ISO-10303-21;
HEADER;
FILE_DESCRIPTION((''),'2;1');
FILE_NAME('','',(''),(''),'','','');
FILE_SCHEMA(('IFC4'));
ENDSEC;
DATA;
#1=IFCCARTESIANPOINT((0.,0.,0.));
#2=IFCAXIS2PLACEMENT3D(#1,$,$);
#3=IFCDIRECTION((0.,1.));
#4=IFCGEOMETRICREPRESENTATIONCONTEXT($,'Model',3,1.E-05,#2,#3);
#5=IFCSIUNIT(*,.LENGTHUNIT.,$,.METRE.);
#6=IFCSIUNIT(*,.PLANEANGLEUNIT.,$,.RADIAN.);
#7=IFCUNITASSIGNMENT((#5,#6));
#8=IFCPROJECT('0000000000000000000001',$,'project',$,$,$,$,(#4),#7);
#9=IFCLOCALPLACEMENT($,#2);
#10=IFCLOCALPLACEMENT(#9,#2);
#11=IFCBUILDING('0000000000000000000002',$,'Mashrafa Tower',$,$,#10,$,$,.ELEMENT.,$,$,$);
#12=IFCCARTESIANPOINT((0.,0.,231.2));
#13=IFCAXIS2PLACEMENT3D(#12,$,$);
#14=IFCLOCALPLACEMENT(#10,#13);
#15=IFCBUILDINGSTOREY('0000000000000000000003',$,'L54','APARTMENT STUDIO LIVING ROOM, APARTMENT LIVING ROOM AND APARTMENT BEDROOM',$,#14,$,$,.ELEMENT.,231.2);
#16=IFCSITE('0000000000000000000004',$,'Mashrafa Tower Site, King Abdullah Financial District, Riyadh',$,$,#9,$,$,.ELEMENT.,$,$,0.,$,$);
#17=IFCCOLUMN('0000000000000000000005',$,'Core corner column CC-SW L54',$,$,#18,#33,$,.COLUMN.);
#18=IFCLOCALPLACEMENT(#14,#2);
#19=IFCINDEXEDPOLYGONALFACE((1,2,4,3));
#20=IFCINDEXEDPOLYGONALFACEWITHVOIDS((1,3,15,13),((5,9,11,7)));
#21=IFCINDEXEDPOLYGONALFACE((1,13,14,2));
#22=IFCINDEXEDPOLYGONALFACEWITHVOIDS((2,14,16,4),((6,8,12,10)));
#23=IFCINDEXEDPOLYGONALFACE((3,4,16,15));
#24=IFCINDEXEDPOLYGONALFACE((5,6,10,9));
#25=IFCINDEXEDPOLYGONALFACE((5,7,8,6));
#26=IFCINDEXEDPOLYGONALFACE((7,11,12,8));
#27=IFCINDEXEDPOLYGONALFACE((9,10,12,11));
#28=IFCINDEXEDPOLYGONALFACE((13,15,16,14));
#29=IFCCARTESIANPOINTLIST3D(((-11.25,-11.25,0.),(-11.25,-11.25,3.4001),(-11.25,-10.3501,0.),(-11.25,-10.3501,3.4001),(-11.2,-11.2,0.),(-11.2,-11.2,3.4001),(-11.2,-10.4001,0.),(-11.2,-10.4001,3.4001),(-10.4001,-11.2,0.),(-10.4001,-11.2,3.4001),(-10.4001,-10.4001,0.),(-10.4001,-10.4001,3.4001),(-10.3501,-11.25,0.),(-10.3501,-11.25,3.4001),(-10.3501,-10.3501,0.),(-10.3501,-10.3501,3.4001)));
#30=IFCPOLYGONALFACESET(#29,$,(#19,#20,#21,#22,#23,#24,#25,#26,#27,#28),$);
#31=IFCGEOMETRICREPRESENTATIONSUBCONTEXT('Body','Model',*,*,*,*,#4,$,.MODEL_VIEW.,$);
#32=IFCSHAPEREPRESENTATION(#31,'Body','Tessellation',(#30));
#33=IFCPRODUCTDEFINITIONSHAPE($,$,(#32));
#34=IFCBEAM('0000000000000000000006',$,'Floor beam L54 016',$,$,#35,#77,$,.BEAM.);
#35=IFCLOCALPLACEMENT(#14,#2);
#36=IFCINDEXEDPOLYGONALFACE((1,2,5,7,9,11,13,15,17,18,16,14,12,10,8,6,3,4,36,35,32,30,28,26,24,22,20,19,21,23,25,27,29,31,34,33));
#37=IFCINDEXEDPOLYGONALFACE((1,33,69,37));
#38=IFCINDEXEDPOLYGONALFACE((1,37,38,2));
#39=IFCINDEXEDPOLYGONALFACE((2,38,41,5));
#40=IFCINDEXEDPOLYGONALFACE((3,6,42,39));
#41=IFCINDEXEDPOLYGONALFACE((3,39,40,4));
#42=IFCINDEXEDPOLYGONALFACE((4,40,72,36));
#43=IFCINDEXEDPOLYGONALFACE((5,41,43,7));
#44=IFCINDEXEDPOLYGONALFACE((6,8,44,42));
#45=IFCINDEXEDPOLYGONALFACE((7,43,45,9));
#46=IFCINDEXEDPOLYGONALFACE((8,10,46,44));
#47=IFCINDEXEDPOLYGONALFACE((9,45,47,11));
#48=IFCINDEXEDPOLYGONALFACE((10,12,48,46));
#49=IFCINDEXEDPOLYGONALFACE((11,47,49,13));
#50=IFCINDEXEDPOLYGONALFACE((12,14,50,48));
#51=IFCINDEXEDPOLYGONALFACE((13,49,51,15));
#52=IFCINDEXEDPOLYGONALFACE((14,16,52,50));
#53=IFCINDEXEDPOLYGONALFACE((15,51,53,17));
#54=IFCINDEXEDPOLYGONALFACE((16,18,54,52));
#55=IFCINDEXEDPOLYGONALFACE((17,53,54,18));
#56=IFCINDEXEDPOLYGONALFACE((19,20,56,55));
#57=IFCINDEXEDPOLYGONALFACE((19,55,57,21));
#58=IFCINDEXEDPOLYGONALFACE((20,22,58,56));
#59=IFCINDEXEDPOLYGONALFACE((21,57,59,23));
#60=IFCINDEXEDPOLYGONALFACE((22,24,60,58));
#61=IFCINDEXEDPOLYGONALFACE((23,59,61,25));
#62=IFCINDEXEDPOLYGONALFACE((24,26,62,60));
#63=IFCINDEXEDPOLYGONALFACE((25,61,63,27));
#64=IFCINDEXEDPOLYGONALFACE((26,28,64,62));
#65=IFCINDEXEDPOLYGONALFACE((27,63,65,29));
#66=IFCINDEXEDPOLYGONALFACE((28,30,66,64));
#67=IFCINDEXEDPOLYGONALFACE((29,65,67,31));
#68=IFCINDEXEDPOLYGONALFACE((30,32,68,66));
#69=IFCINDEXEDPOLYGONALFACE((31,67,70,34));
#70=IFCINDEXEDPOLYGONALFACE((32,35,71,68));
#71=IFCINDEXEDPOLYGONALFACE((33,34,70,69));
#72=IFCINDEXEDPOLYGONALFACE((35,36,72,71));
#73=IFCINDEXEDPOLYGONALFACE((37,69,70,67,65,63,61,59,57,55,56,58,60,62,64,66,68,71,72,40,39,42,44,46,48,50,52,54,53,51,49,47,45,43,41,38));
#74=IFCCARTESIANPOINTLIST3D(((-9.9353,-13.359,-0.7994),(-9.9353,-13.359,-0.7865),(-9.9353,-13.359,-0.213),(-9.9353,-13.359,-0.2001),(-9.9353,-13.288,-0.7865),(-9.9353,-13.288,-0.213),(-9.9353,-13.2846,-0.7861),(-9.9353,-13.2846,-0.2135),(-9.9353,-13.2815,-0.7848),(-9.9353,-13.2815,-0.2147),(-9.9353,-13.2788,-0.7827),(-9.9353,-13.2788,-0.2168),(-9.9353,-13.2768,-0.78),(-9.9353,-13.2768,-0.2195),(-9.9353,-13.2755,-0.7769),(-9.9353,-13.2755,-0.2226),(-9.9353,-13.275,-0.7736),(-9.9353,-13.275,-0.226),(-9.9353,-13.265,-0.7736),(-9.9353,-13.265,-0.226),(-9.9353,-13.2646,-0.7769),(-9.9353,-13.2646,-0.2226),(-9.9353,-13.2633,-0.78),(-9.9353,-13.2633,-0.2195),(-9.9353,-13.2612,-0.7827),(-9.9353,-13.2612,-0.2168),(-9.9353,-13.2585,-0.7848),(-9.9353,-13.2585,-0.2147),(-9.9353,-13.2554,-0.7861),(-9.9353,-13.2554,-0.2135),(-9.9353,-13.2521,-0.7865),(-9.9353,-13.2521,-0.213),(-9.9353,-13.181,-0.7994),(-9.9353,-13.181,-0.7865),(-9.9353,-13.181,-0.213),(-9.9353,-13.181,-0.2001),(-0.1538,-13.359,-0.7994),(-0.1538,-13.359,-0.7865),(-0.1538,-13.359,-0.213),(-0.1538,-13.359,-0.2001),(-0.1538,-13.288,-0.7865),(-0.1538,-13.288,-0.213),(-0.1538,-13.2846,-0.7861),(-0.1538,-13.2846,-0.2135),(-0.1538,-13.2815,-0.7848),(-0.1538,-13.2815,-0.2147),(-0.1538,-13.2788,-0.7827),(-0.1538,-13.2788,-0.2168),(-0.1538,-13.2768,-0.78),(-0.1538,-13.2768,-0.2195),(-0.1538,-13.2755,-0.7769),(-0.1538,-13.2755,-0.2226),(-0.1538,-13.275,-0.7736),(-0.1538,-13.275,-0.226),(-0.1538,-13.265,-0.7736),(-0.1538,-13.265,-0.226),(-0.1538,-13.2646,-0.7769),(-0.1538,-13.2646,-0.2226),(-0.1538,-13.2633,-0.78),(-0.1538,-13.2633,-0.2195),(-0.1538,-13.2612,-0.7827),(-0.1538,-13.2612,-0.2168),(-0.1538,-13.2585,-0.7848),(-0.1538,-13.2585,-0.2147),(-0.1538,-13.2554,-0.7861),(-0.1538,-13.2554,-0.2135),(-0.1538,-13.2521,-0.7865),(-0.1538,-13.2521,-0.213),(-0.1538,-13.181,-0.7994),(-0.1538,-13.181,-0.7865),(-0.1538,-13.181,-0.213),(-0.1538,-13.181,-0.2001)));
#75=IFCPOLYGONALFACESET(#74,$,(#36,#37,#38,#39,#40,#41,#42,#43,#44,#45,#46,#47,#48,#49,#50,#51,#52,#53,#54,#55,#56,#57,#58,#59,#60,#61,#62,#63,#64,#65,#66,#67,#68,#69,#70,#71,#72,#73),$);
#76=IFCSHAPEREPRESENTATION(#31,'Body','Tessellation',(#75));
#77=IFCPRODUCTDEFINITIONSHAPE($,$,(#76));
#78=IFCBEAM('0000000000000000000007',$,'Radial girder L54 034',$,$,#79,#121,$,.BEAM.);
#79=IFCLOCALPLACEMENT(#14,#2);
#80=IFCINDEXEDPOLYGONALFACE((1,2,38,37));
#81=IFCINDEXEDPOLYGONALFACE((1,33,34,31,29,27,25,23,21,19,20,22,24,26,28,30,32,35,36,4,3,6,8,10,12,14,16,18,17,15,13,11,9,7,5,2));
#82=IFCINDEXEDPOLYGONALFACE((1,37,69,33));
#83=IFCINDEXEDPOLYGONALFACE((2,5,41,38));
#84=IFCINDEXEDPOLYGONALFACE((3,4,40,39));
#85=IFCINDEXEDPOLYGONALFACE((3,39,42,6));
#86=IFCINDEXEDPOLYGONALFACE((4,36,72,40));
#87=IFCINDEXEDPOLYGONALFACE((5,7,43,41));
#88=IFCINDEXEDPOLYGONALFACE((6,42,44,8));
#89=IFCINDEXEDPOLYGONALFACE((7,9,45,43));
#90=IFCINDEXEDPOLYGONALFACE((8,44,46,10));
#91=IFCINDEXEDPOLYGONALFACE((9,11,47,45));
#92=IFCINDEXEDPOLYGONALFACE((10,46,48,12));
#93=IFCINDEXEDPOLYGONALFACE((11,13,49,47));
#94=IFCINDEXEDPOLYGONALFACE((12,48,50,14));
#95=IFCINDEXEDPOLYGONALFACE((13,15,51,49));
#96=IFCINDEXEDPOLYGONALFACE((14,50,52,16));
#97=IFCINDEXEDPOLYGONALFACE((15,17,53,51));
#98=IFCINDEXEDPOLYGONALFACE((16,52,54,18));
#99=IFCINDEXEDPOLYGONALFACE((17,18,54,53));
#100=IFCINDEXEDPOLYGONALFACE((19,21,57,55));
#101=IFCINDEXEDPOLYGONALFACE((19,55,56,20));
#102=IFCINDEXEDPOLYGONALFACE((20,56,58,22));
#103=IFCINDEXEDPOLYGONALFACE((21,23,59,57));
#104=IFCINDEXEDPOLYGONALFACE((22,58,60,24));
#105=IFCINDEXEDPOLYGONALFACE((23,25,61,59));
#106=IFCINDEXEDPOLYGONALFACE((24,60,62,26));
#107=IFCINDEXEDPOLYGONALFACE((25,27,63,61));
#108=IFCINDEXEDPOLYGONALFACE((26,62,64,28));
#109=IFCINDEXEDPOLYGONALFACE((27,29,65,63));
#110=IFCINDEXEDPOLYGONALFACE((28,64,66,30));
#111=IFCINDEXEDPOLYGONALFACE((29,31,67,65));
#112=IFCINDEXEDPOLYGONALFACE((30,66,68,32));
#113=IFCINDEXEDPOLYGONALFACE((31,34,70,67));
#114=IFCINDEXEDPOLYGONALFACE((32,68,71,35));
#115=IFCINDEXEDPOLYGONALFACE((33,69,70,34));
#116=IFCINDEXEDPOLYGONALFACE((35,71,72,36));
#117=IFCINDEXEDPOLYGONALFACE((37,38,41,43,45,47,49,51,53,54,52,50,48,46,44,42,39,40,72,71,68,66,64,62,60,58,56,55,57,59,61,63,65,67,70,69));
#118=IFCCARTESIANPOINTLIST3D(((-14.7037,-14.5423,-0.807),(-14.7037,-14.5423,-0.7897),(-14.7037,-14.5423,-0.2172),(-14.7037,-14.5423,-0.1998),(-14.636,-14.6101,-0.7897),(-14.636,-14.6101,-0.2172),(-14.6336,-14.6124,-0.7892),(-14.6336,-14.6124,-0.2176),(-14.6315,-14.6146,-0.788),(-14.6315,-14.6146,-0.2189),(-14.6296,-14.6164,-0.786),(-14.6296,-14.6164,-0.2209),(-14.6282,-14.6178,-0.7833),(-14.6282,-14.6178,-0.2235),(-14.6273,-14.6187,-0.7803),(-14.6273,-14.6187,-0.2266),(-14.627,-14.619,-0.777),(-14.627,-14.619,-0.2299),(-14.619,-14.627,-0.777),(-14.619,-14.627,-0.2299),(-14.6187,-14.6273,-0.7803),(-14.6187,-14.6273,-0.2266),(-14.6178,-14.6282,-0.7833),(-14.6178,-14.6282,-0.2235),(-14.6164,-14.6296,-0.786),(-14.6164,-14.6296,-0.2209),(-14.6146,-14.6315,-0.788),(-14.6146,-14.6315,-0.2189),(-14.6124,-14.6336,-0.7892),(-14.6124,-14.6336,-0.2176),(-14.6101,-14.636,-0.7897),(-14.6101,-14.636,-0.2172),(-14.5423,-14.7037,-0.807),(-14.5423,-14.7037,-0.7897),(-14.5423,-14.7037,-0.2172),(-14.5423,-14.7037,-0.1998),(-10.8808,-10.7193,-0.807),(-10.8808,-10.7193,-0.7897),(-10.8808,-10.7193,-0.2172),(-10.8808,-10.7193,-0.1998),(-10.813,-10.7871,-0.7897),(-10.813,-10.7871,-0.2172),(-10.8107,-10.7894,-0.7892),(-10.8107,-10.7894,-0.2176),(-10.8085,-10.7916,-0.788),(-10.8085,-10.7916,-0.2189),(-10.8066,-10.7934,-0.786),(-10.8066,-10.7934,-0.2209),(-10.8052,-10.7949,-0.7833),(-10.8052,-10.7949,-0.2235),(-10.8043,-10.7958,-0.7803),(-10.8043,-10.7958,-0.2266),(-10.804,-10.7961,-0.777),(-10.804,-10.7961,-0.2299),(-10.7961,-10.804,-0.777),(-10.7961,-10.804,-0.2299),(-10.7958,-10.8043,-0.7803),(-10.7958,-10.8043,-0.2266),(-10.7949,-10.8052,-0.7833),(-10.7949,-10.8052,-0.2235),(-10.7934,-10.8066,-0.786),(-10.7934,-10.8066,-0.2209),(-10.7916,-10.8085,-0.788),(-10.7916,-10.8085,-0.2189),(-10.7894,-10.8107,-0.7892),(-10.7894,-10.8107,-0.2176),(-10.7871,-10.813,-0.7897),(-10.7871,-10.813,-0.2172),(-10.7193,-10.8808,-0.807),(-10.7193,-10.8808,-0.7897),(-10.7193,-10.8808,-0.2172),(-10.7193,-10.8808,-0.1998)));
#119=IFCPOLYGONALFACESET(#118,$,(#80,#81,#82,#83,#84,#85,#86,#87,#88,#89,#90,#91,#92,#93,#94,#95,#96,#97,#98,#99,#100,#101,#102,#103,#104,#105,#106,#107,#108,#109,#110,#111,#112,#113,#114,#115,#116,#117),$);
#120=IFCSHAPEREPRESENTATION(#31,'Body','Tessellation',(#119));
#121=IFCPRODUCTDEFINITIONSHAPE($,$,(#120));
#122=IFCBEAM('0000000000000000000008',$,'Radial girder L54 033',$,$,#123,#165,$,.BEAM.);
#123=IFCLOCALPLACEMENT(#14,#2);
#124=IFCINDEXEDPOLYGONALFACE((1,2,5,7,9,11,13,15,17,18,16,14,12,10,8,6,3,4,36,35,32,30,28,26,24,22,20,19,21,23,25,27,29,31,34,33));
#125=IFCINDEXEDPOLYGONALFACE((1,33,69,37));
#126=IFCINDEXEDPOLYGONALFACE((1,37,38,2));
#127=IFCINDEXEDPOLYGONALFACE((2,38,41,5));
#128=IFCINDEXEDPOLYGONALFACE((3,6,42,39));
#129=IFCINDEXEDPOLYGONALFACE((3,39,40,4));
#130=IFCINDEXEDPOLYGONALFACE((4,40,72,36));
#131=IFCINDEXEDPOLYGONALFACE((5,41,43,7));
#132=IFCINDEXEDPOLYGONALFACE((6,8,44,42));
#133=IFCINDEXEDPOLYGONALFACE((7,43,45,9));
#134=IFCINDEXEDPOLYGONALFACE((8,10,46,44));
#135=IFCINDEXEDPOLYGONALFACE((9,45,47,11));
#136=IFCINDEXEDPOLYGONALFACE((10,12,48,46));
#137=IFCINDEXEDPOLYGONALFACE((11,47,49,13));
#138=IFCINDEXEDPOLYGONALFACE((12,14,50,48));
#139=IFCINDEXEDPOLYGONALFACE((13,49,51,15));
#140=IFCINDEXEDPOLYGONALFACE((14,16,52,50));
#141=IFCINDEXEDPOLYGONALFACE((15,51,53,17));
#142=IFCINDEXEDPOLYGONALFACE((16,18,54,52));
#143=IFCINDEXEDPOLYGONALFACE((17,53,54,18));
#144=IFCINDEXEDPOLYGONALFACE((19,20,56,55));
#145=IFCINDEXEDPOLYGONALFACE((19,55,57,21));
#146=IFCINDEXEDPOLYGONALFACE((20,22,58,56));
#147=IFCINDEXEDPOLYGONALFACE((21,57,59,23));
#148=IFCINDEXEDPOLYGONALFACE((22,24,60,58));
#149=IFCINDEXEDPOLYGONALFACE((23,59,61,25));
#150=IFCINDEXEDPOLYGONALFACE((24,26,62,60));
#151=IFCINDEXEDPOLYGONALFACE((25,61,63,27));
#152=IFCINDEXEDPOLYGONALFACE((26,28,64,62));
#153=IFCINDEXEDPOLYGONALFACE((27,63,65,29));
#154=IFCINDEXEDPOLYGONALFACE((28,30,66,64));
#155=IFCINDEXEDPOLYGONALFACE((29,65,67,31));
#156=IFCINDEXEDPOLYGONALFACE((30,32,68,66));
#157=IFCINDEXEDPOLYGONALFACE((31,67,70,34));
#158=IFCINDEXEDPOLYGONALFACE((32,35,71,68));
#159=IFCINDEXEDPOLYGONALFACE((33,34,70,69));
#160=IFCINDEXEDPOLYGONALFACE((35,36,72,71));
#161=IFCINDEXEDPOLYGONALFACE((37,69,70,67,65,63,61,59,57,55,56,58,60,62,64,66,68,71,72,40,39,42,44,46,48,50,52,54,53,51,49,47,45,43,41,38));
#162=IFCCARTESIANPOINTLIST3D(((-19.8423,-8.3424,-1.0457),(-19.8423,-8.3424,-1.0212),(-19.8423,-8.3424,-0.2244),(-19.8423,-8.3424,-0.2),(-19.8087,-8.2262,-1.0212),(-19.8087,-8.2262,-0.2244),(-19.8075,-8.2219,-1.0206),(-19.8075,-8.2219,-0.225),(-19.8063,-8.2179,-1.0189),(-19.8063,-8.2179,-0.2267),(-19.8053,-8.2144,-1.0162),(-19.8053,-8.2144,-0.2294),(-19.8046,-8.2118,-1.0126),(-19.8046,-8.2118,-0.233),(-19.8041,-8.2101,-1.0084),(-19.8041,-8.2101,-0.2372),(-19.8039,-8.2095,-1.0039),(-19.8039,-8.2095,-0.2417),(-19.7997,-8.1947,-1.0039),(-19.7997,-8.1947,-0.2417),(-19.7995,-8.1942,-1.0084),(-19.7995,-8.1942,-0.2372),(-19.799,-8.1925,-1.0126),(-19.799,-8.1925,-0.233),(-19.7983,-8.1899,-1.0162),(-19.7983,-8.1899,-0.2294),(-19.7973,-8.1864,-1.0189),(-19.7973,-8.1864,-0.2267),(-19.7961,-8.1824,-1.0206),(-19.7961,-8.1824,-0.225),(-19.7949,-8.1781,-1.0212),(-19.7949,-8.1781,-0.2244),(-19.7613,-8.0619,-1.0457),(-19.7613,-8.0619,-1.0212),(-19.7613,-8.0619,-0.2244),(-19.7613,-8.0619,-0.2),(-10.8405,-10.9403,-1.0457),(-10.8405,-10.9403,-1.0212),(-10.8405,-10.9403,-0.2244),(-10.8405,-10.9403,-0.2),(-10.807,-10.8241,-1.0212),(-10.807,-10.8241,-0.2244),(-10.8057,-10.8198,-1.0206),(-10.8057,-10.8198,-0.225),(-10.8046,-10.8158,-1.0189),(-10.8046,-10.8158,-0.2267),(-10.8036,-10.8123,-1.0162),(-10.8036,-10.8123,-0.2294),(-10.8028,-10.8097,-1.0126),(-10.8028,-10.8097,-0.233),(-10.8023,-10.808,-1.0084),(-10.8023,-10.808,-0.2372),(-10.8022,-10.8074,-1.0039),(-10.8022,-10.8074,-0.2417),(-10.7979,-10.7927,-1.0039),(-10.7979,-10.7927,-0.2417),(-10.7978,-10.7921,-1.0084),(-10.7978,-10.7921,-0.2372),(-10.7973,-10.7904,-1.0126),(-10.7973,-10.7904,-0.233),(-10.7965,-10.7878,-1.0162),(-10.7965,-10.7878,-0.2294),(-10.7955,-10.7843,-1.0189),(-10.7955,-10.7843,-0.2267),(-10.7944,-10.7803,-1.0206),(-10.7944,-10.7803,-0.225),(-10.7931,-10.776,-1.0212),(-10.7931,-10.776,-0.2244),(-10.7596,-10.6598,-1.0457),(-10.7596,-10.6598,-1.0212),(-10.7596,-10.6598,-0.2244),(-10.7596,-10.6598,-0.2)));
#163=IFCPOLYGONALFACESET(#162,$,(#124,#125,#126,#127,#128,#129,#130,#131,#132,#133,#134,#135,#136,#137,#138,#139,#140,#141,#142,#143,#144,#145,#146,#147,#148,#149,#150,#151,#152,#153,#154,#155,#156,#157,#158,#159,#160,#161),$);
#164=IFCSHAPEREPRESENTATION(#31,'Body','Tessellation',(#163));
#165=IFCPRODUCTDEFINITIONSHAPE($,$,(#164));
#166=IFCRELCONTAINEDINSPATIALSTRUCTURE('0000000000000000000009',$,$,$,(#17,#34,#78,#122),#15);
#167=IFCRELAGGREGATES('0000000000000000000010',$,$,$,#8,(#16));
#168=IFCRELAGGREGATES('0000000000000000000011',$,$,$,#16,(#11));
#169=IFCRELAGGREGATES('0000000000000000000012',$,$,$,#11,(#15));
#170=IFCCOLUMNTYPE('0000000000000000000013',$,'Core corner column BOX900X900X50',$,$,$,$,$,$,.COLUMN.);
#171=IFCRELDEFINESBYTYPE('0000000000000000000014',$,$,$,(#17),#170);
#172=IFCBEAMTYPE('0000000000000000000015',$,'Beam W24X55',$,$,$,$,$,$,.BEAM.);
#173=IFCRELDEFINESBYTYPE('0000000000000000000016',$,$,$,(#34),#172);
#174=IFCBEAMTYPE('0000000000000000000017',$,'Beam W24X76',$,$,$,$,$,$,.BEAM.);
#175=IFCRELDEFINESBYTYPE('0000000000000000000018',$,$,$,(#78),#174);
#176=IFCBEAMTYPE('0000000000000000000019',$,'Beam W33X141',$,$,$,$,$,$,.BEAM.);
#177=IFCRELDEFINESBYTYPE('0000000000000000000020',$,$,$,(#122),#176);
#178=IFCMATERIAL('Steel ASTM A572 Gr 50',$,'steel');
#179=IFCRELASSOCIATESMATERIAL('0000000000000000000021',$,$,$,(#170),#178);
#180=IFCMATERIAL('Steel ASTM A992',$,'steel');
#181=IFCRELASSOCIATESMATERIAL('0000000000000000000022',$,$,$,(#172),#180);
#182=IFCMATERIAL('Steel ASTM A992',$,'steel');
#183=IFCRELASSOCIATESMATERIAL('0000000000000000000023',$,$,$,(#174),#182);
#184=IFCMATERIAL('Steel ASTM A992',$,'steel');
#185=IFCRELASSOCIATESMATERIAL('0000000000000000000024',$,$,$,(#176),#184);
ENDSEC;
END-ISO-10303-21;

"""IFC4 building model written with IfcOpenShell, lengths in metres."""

from ifc_helpers import new_model, si_unit, direction, frame, origin, origin_2d, place, context, subcontext, project, spatial, hollow_rectangle, i_section, extrude, material, material_profile, profile_set, type_object, element, save


model = new_model("IFC4")

# Units and contexts
model_context = context("Model", 3, precision=1e-05, world=origin(), true_north=direction((0.0, 1.0)))
body_context = subcontext(model_context, "Body", "Model", "MODEL_VIEW")
ifc_project = project(units=[si_unit("LENGTHUNIT", "METRE"), si_unit("PLANEANGLEUNIT", "RADIAN")], contexts=[model_context])

# Site, building, storey
site_placement = place(None, origin())
site = spatial("IfcSite", under=ifc_project, at=site_placement, Name="Mashrafa Tower Site, King Abdullah Financial District, Riyadh", CompositionType="ELEMENT", RefElevation=0.0)
building_placement = place(site_placement, origin())
building = spatial("IfcBuilding", under=site, at=building_placement, Name="Mashrafa Tower", CompositionType="ELEMENT")
storey_placement = place(building_placement, frame((0.0, 0.0, 231.2)))
storey = spatial("IfcBuildingStorey", under=building, at=storey_placement, Name="L54", Description="APARTMENT STUDIO LIVING ROOM, APARTMENT LIVING ROOM AND APARTMENT BEDROOM", CompositionType="ELEMENT", Elevation=231.2)

# Column
ifc_material_1 = material(Name="Steel ASTM A572 Gr 50", Category="steel")
ifc_material_profile_1 = material_profile(ifc_material_1, hollow_rectangle(XDim=0.8999, YDim=0.8999, WallThickness=0.05, at=origin_2d()), Name="BOX900X900X50")
ifc_profile_set_1 = profile_set([ifc_material_profile_1], Name="Steel ASTM A572 Gr 50")
column_type = type_object("IfcColumnType", Name="Core corner column BOX900X900X50", PredefinedType="COLUMN", material=ifc_profile_set_1)
column_placement = place(storey_placement, frame((-10.8, -10.8, 0.0), z_axis=(0.0, 0.0, 1.0), x_axis=(1.0, 0.0, 0.0)))
element("IfcColumn", 1, at=column_placement, inside=storey, type_object=column_type, Name="Core corner column CC-SW L54", PredefinedType="COLUMN", context=body_context, shape_type="SweptSolid", body=[
    extrude(hollow_rectangle(XDim=0.8999, YDim=0.8999, WallThickness=0.05, at=origin_2d()), origin(), (0.0, 0.0, 1.0), 3.4001),
])

# Beams
ifc_material_2 = material(Name="Steel ASTM A992", Category="steel")
ifc_material_profile_2 = material_profile(ifc_material_2, i_section(OverallWidth=0.178, OverallDepth=0.5994, WebThickness=0.01, FlangeThickness=0.0129, FilletRadius=0.0129, at=origin_2d()), Name="W24X55")
ifc_profile_set_2 = profile_set([ifc_material_profile_2], Name="Steel ASTM A992")
beam_type_1 = type_object("IfcBeamType", Name="Beam W24X55", PredefinedType="BEAM", material=ifc_profile_set_2)
beam_1_placement = place(storey_placement, frame((-0.1538, -13.27, -0.4998), z_axis=(-1.0, 0.0, 0.0), x_axis=(0.0, -1.0, 0.0)))
element("IfcBeam", 2, at=beam_1_placement, inside=storey, type_object=beam_type_1, Name="Floor beam L54 016", PredefinedType="BEAM", context=body_context, shape_type="SweptSolid", body=[
    extrude(i_section(OverallWidth=0.178, OverallDepth=0.5994, WebThickness=0.01, FlangeThickness=0.0129, FilletRadius=0.0129, at=origin_2d()), origin(), (0.0, 0.0, 1.0), 9.7815),
])
ifc_material_3 = material(Name="Steel ASTM A992", Category="steel")
ifc_material_profile_3 = material_profile(ifc_material_3, i_section(OverallWidth=0.2283, OverallDepth=0.6072, WebThickness=0.0112, FlangeThickness=0.0173, FilletRadius=0.0127, at=origin_2d()), Name="W24X76")
ifc_profile_set_3 = profile_set([ifc_material_profile_3], Name="Steel ASTM A992")
beam_type_2 = type_object("IfcBeamType", Name="Beam W24X76", PredefinedType="BEAM", material=ifc_profile_set_3)
beam_2_placement = place(storey_placement, frame((-10.8, -10.8, -0.5034), z_axis=(-0.707107, -0.707107, 0.0), x_axis=(0.707107, -0.707107, 0.0)))
element("IfcBeam", 3, at=beam_2_placement, inside=storey, type_object=beam_type_2, Name="Radial girder L54 034", PredefinedType="BEAM", context=body_context, shape_type="SweptSolid", body=[
    extrude(i_section(OverallWidth=0.2283, OverallDepth=0.6072, WebThickness=0.0112, FlangeThickness=0.0173, FilletRadius=0.0127, at=origin_2d()), origin(), (0.0, 0.0, 1.0), 5.4065),
])
ifc_material_4 = material(Name="Steel ASTM A992", Category="steel")
ifc_material_profile_4 = material_profile(ifc_material_4, i_section(OverallWidth=0.292, OverallDepth=0.8457, WebThickness=0.0154, FlangeThickness=0.0244, FilletRadius=0.0173, at=origin_2d()), Name="W33X141")
ifc_profile_set_4 = profile_set([ifc_material_profile_4], Name="Steel ASTM A992")
beam_type_3 = type_object("IfcBeamType", Name="Beam W33X141", PredefinedType="BEAM", material=ifc_profile_set_4)
for number, where, z_axis, x_axis, name in (
    (4, (-10.8, -10.8, -0.6228), (-0.960788, 0.277284, 0.0), (-0.277284, -0.960788, 0.0), "Radial girder L54 033"),
):
    element("IfcBeam", number, at=place(storey_placement, frame(where, z_axis=z_axis, x_axis=x_axis)), inside=storey, type_object=beam_type_3, Name=name, PredefinedType="BEAM", context=body_context, shape_type="SweptSolid", body=[
        extrude(i_section(OverallWidth=0.292, OverallDepth=0.8457, WebThickness=0.0154, FlangeThickness=0.0244, FilletRadius=0.0173, at=origin_2d()), origin(), (0.0, 0.0, 1.0), 9.3691),
    ])

save(model, "model.ifc")
